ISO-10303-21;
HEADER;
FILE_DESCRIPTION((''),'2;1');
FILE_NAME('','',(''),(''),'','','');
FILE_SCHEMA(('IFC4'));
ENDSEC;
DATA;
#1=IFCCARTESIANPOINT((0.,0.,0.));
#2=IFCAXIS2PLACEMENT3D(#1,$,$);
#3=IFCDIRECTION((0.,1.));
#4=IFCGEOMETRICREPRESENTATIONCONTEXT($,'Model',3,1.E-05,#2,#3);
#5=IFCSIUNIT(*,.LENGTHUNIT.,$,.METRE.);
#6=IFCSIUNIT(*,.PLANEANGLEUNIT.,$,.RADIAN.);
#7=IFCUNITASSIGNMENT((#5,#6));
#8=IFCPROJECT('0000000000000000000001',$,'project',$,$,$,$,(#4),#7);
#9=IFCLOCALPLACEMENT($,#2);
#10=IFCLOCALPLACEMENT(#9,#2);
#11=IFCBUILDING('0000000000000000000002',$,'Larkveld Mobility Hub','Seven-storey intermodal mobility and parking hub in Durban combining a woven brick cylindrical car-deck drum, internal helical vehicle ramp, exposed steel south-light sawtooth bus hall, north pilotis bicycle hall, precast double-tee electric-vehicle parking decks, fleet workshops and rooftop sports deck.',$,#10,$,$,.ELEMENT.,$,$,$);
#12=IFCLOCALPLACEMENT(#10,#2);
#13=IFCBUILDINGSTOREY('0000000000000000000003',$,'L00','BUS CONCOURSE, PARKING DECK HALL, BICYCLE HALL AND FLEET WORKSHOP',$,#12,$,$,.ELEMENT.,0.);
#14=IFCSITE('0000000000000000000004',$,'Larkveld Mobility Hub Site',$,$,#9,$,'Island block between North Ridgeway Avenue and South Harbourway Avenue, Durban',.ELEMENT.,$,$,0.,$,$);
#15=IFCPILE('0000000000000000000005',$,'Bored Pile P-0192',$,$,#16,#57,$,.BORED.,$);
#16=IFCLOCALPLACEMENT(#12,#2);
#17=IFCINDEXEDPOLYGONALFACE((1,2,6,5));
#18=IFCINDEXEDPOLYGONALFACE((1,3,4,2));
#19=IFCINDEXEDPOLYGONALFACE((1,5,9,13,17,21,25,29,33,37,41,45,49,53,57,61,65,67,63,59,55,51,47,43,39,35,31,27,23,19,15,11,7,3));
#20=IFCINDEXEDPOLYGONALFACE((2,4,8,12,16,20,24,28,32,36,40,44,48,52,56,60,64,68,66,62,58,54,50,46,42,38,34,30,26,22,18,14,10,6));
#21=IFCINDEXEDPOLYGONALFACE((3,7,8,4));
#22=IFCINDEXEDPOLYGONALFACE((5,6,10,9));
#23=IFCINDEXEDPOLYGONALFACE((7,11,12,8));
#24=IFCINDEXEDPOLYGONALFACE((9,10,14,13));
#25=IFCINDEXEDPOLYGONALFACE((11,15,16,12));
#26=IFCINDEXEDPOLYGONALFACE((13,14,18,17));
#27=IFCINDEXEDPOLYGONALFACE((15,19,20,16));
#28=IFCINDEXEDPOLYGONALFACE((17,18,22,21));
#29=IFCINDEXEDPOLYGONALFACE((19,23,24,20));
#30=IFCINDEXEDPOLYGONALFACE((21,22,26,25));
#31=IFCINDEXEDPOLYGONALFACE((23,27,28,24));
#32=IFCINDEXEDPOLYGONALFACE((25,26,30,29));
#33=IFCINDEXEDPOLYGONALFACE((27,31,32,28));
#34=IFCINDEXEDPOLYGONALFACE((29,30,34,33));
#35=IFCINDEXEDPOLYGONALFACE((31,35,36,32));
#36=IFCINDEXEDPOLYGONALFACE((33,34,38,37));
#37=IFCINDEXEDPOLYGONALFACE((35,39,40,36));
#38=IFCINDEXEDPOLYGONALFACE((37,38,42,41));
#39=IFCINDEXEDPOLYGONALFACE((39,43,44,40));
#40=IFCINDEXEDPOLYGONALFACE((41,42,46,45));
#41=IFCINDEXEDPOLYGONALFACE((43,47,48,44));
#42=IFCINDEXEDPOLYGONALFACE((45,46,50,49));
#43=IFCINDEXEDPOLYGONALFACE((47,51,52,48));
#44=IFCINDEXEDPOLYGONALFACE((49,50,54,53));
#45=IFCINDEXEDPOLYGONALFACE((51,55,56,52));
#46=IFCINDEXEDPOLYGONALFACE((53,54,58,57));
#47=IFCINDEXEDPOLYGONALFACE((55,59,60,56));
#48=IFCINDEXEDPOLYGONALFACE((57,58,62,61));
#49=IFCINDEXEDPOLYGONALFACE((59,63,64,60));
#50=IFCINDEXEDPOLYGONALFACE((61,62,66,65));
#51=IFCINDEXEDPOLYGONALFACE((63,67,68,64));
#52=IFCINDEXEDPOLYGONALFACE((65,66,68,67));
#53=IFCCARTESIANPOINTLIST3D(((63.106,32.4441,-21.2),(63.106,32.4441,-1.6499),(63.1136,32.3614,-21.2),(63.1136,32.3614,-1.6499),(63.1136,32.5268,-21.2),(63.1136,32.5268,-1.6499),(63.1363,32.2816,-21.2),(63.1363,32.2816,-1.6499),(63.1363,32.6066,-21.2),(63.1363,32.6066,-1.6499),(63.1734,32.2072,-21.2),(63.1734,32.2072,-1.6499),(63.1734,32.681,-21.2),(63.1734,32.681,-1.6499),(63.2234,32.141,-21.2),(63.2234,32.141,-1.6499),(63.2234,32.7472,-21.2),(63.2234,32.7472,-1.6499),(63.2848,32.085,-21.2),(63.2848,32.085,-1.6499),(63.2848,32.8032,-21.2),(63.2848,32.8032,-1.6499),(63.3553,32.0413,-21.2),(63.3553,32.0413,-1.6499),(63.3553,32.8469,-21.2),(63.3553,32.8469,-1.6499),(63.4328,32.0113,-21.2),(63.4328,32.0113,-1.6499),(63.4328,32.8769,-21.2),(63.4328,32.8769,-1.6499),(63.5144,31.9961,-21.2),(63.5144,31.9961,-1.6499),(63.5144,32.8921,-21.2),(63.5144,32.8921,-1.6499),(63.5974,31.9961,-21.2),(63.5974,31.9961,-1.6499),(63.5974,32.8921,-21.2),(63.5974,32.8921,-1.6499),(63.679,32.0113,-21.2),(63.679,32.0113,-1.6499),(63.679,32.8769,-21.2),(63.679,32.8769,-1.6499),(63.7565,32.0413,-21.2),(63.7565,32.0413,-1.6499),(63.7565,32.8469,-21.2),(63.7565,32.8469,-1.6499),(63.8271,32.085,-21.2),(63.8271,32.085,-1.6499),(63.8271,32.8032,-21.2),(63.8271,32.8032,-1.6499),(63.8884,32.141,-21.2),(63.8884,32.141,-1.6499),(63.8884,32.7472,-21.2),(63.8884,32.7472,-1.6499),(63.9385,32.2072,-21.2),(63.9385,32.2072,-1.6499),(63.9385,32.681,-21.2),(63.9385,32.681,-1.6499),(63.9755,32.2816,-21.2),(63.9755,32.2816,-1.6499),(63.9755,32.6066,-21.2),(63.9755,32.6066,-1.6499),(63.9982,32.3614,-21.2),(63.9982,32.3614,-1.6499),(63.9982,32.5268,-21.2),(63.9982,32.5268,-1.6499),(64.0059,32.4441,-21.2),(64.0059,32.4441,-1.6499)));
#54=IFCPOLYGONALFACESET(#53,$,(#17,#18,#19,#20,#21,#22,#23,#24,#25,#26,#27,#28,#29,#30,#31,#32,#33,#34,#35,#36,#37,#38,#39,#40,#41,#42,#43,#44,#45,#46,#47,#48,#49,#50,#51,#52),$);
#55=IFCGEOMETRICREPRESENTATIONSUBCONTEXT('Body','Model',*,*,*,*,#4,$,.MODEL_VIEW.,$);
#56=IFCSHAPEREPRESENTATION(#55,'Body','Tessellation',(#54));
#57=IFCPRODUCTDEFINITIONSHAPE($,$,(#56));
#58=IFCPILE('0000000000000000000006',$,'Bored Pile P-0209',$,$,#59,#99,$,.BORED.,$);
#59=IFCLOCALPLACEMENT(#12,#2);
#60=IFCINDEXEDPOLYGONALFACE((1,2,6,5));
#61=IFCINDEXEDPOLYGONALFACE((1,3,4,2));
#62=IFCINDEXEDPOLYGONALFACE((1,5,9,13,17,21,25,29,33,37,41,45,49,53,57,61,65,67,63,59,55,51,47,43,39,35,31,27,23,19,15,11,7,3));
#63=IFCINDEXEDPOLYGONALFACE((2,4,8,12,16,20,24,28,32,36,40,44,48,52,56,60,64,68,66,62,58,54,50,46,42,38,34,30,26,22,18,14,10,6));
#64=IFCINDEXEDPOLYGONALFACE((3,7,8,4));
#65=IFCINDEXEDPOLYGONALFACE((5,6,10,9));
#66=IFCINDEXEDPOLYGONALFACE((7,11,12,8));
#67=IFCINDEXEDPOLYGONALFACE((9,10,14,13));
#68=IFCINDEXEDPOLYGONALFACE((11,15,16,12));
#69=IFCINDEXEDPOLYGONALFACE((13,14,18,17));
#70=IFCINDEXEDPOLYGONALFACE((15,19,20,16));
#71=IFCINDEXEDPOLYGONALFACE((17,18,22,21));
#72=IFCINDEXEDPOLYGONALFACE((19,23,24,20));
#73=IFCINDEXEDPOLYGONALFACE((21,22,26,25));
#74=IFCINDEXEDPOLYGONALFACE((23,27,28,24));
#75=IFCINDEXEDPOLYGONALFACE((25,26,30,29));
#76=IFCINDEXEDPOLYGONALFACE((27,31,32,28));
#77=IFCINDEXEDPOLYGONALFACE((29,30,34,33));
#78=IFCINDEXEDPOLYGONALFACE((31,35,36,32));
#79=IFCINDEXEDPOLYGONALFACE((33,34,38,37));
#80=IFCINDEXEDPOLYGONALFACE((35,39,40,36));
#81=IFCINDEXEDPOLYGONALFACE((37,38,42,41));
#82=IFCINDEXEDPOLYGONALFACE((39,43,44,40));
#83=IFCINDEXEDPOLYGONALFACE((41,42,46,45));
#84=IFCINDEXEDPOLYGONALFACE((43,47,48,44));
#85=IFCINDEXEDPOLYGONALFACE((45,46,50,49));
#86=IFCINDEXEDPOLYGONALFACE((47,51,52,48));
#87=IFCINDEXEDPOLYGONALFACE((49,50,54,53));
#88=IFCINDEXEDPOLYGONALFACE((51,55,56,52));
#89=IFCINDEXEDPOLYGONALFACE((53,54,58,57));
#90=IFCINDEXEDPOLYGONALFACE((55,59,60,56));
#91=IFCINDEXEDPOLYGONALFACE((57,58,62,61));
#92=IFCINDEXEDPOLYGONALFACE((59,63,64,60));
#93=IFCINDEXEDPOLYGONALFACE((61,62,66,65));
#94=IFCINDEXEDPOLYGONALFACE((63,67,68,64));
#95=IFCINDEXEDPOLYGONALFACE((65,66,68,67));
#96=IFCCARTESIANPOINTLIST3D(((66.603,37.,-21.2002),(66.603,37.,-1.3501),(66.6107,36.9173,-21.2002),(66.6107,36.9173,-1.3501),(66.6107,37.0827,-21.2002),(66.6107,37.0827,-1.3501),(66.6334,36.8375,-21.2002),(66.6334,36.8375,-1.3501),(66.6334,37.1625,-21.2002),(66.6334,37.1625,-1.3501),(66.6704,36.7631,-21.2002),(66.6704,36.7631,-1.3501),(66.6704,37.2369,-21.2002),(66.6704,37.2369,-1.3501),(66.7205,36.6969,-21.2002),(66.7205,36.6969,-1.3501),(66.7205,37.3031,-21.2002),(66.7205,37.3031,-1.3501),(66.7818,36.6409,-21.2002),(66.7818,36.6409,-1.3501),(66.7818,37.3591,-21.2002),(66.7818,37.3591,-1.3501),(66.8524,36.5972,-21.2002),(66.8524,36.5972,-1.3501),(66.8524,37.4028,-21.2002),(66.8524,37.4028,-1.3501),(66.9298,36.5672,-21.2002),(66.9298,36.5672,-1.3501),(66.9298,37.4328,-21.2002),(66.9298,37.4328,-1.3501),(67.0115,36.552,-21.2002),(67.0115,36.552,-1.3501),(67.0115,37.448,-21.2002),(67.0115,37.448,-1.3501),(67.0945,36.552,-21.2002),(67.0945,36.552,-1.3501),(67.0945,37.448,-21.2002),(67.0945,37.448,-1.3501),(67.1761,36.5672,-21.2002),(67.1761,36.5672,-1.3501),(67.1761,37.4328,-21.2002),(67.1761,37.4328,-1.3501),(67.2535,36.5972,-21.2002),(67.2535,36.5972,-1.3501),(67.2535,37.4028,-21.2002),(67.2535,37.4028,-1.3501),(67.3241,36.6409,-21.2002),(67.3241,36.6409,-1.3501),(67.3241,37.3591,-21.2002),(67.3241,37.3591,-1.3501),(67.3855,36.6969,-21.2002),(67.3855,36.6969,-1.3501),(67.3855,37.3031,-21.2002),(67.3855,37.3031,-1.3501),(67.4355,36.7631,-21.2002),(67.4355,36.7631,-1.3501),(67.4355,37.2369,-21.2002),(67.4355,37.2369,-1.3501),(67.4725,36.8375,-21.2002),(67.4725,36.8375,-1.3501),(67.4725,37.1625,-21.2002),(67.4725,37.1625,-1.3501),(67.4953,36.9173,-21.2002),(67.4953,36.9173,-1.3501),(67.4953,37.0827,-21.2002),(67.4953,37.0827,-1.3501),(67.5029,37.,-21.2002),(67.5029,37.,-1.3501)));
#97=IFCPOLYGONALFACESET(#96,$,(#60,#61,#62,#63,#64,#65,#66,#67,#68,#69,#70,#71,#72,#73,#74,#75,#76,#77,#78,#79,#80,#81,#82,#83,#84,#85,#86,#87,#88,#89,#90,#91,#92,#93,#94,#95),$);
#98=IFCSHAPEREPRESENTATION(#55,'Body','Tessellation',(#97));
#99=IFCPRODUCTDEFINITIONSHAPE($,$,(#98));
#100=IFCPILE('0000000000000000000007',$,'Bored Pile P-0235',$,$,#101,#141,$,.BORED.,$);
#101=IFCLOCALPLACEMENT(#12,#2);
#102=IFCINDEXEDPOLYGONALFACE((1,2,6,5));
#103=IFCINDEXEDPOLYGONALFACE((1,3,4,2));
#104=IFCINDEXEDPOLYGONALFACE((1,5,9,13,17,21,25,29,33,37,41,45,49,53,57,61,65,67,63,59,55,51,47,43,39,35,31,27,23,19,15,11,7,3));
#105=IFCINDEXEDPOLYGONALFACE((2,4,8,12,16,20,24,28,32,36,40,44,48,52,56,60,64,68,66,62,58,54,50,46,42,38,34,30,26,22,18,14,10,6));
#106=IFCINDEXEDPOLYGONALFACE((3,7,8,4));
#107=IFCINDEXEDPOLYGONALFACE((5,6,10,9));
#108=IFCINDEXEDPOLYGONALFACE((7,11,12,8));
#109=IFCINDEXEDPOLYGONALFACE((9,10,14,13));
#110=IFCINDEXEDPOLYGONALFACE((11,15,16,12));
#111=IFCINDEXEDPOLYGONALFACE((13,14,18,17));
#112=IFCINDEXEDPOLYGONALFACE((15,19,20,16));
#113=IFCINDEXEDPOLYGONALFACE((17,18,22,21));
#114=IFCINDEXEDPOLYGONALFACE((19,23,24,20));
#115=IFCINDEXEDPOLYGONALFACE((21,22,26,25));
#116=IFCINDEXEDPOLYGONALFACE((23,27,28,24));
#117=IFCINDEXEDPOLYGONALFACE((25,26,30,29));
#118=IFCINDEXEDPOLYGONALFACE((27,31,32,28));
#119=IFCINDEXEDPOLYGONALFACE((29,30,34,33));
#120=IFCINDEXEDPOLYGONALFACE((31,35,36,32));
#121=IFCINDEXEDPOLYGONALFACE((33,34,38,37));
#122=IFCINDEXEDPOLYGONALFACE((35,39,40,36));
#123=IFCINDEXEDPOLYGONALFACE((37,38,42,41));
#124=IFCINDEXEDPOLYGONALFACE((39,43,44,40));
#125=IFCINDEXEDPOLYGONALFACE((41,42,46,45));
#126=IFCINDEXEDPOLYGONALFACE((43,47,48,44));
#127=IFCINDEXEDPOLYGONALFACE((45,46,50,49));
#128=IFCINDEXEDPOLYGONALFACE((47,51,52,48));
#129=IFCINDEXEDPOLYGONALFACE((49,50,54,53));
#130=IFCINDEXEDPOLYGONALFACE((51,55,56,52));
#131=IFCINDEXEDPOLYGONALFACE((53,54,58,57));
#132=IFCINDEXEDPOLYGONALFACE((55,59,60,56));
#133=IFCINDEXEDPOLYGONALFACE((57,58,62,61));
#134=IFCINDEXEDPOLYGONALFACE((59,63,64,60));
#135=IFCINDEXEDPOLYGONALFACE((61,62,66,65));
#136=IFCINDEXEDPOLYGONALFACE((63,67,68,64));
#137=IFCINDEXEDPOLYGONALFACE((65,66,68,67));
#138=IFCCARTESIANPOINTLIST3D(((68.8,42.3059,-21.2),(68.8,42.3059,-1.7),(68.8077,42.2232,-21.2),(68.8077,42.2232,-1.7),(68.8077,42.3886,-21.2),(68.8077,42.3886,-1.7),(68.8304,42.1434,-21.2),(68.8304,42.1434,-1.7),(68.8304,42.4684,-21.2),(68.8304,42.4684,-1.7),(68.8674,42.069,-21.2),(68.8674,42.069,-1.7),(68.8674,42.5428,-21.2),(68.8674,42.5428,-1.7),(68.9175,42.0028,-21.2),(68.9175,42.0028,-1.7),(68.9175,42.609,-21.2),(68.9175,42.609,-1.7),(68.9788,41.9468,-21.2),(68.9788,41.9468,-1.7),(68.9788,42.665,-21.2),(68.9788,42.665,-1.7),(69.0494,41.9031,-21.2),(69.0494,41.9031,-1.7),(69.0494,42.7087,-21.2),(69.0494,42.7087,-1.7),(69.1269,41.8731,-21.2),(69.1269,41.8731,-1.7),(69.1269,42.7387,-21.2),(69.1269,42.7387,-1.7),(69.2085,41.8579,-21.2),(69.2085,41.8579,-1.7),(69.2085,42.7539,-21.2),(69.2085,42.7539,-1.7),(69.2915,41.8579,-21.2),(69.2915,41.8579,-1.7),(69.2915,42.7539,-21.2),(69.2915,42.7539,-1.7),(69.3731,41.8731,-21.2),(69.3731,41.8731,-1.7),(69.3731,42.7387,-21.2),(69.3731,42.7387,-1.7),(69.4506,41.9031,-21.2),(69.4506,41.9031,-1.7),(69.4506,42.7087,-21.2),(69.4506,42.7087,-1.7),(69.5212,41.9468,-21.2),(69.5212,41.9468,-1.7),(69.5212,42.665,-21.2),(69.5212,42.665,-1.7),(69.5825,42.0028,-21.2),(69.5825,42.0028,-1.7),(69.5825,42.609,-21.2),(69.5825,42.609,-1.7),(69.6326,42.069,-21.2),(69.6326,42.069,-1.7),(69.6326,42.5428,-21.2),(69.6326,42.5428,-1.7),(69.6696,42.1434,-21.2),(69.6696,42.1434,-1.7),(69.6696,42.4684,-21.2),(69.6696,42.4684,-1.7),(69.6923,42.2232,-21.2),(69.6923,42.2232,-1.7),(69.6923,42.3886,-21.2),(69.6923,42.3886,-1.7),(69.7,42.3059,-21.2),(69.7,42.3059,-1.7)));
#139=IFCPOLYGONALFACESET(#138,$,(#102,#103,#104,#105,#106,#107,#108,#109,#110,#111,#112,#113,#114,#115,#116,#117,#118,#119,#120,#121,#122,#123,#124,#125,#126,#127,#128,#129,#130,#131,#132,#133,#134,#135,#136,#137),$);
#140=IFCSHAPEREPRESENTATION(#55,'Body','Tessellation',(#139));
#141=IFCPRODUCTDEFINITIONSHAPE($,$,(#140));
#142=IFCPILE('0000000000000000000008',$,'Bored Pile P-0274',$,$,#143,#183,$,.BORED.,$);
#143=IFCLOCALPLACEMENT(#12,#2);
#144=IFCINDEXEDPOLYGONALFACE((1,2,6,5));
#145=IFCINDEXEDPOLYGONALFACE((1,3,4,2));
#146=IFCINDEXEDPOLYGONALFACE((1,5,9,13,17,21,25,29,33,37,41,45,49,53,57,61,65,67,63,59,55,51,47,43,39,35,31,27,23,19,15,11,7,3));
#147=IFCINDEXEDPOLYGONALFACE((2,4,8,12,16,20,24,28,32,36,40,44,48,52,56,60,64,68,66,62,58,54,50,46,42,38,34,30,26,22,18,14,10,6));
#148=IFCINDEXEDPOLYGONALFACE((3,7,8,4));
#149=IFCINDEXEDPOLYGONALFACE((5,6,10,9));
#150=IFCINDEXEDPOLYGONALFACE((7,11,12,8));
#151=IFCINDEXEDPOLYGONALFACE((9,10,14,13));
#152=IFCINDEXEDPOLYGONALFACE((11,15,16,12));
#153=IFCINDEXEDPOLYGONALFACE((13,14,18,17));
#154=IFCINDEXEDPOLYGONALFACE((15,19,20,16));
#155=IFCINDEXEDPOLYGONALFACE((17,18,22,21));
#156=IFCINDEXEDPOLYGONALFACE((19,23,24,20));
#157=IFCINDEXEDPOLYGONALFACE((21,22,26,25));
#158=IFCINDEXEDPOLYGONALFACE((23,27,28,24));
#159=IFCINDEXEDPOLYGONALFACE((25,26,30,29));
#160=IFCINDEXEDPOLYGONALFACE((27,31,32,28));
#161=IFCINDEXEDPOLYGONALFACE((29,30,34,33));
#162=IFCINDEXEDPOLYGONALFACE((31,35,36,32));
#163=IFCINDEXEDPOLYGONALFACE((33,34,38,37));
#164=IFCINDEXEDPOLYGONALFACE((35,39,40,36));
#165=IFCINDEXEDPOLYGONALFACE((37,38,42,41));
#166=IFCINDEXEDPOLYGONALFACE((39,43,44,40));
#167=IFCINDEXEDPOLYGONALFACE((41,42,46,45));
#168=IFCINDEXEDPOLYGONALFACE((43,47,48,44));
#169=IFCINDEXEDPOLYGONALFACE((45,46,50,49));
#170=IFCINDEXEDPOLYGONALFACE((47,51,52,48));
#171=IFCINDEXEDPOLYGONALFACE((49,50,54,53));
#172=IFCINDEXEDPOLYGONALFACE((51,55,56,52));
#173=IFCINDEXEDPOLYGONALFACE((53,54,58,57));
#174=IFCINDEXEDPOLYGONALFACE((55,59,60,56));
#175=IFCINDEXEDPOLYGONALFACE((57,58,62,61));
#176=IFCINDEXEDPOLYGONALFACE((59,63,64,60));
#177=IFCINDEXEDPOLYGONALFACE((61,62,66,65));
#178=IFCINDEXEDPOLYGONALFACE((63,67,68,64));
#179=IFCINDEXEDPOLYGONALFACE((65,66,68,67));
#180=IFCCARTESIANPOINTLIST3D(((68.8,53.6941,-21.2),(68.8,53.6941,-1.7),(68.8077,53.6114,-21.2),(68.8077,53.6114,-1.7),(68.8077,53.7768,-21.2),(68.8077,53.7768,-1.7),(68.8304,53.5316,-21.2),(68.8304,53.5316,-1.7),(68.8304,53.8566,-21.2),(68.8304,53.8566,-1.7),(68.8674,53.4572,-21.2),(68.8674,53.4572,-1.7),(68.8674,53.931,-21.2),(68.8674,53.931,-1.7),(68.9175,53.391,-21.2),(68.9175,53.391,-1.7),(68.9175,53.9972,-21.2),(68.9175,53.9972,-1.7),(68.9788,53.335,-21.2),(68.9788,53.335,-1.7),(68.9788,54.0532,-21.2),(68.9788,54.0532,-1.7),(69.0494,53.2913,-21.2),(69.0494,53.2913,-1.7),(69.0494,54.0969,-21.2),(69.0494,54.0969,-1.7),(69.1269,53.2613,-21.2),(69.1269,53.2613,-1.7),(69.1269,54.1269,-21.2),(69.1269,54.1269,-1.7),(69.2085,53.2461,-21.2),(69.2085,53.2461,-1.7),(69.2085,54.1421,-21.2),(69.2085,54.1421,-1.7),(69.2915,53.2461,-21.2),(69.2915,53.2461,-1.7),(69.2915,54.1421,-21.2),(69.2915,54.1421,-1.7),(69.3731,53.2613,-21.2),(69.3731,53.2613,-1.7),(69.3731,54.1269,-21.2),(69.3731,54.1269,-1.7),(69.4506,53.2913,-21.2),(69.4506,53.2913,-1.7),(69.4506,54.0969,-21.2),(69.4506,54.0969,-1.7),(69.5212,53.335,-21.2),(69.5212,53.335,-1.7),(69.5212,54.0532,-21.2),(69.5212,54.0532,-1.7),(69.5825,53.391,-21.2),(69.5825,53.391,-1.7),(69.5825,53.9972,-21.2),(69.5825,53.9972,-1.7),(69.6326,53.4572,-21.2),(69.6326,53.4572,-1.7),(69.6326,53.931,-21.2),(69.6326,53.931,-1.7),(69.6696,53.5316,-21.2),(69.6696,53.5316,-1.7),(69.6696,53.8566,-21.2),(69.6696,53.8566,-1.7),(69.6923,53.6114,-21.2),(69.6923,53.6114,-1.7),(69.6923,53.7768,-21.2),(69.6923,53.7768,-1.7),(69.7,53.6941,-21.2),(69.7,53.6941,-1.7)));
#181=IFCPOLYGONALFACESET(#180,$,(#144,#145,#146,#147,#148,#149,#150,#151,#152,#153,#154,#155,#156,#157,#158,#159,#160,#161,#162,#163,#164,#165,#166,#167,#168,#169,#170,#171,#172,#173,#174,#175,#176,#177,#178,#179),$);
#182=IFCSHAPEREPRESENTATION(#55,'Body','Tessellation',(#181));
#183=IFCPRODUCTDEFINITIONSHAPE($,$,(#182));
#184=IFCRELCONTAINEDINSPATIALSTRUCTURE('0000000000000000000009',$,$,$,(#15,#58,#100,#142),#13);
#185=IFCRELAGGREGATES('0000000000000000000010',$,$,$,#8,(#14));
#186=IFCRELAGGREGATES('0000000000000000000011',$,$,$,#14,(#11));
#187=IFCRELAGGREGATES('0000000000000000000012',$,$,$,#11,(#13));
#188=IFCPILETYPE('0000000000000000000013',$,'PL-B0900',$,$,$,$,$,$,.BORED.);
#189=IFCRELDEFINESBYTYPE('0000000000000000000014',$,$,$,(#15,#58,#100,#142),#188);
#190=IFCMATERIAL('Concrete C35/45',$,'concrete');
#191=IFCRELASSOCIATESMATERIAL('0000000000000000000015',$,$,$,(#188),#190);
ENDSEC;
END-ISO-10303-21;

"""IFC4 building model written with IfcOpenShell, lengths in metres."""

from ifc_helpers import new_model, si_unit, direction, frame, origin, origin_2d, place, context, subcontext, project, spatial, circle, extrude, material, material_profile, profile_set, type_object, element, save


model = new_model("IFC4")

# Units and contexts
model_context = context("Model", 3, precision=1e-05, world=origin(), true_north=direction((0.0, 1.0)))
body_context = subcontext(model_context, "Body", "Model", "MODEL_VIEW")
ifc_project = project(units=[si_unit("LENGTHUNIT", "METRE"), si_unit("PLANEANGLEUNIT", "RADIAN")], contexts=[model_context])

# Site, building, storey
site_placement = place(None, origin())
site = spatial("IfcSite", under=ifc_project, at=site_placement, Name="Larkveld Mobility Hub Site", LongName="Island block between North Ridgeway Avenue and South Harbourway Avenue, Durban", CompositionType="ELEMENT", RefElevation=0.0)
building_placement = place(site_placement, origin())
building = spatial("IfcBuilding", under=site, at=building_placement, Name="Larkveld Mobility Hub", Description="Seven-storey intermodal mobility and parking hub in Durban combining a woven brick cylindrical car-deck drum, internal helical vehicle ramp, exposed steel south-light sawtooth bus hall, north pilotis bicycle hall, precast double-tee electric-vehicle parking decks, fleet workshops and rooftop sports deck.", CompositionType="ELEMENT")
storey_placement = place(building_placement, origin())
storey = spatial("IfcBuildingStorey", under=building, at=storey_placement, Name="L00", Description="BUS CONCOURSE, PARKING DECK HALL, BICYCLE HALL AND FLEET WORKSHOP", CompositionType="ELEMENT", Elevation=0.0)

# Shared definitions
ifc_material_1 = material(Name="Concrete C35/45", Category="concrete")

# Piles
ifc_material_profile_1 = material_profile(ifc_material_1, circle(Radius=0.45, at=origin_2d()), Name="PILE D900")
ifc_profile_set_1 = profile_set([ifc_material_profile_1], Name="Concrete C35/45")
pile_type = type_object("IfcPileType", Name="PL-B0900", PredefinedType="BORED", material=ifc_profile_set_1)
pile_1_placement = place(storey_placement, frame((63.5559, 32.4441, -1.6499), z_axis=(0.0, 0.0, -1.0), x_axis=(1.0, 0.0, 0.0)))
element("IfcPile", 1, at=pile_1_placement, inside=storey, type_object=pile_type, Name="Bored Pile P-0192", PredefinedType="BORED", context=body_context, shape_type="SweptSolid", body=[
    extrude(circle(Radius=0.45, at=origin_2d()), origin(), (0.0, 0.0, 1.0), 19.55),
])
pile_2_placement = place(storey_placement, frame((67.053, 37.0, -1.3501), z_axis=(0.0, 0.0, -1.0), x_axis=(1.0, 0.0, 0.0)))
element("IfcPile", 2, at=pile_2_placement, inside=storey, type_object=pile_type, Name="Bored Pile P-0209", PredefinedType="BORED", context=body_context, shape_type="SweptSolid", body=[
    extrude(circle(Radius=0.45, at=origin_2d()), origin(), (0.0, 0.0, 1.0), 19.8501),
])
for number, where, z_axis, x_axis, name in (
    (3, (69.25, 42.3059, -1.7), (0.0, 0.0, -1.0), (1.0, 0.0, 0.0), "Bored Pile P-0235"),
    (4, (69.25, 53.6941, -1.7), (0.0, 0.0, -1.0), (1.0, 0.0, 0.0), "Bored Pile P-0274"),
):
    element("IfcPile", number, at=place(storey_placement, frame(where, z_axis=z_axis, x_axis=x_axis)), inside=storey, type_object=pile_type, Name=name, PredefinedType="BORED", context=body_context, shape_type="SweptSolid", body=[
        extrude(circle(Radius=0.45, at=origin_2d()), origin(), (0.0, 0.0, 1.0), 19.5),
    ])

save(model, "model.ifc")
